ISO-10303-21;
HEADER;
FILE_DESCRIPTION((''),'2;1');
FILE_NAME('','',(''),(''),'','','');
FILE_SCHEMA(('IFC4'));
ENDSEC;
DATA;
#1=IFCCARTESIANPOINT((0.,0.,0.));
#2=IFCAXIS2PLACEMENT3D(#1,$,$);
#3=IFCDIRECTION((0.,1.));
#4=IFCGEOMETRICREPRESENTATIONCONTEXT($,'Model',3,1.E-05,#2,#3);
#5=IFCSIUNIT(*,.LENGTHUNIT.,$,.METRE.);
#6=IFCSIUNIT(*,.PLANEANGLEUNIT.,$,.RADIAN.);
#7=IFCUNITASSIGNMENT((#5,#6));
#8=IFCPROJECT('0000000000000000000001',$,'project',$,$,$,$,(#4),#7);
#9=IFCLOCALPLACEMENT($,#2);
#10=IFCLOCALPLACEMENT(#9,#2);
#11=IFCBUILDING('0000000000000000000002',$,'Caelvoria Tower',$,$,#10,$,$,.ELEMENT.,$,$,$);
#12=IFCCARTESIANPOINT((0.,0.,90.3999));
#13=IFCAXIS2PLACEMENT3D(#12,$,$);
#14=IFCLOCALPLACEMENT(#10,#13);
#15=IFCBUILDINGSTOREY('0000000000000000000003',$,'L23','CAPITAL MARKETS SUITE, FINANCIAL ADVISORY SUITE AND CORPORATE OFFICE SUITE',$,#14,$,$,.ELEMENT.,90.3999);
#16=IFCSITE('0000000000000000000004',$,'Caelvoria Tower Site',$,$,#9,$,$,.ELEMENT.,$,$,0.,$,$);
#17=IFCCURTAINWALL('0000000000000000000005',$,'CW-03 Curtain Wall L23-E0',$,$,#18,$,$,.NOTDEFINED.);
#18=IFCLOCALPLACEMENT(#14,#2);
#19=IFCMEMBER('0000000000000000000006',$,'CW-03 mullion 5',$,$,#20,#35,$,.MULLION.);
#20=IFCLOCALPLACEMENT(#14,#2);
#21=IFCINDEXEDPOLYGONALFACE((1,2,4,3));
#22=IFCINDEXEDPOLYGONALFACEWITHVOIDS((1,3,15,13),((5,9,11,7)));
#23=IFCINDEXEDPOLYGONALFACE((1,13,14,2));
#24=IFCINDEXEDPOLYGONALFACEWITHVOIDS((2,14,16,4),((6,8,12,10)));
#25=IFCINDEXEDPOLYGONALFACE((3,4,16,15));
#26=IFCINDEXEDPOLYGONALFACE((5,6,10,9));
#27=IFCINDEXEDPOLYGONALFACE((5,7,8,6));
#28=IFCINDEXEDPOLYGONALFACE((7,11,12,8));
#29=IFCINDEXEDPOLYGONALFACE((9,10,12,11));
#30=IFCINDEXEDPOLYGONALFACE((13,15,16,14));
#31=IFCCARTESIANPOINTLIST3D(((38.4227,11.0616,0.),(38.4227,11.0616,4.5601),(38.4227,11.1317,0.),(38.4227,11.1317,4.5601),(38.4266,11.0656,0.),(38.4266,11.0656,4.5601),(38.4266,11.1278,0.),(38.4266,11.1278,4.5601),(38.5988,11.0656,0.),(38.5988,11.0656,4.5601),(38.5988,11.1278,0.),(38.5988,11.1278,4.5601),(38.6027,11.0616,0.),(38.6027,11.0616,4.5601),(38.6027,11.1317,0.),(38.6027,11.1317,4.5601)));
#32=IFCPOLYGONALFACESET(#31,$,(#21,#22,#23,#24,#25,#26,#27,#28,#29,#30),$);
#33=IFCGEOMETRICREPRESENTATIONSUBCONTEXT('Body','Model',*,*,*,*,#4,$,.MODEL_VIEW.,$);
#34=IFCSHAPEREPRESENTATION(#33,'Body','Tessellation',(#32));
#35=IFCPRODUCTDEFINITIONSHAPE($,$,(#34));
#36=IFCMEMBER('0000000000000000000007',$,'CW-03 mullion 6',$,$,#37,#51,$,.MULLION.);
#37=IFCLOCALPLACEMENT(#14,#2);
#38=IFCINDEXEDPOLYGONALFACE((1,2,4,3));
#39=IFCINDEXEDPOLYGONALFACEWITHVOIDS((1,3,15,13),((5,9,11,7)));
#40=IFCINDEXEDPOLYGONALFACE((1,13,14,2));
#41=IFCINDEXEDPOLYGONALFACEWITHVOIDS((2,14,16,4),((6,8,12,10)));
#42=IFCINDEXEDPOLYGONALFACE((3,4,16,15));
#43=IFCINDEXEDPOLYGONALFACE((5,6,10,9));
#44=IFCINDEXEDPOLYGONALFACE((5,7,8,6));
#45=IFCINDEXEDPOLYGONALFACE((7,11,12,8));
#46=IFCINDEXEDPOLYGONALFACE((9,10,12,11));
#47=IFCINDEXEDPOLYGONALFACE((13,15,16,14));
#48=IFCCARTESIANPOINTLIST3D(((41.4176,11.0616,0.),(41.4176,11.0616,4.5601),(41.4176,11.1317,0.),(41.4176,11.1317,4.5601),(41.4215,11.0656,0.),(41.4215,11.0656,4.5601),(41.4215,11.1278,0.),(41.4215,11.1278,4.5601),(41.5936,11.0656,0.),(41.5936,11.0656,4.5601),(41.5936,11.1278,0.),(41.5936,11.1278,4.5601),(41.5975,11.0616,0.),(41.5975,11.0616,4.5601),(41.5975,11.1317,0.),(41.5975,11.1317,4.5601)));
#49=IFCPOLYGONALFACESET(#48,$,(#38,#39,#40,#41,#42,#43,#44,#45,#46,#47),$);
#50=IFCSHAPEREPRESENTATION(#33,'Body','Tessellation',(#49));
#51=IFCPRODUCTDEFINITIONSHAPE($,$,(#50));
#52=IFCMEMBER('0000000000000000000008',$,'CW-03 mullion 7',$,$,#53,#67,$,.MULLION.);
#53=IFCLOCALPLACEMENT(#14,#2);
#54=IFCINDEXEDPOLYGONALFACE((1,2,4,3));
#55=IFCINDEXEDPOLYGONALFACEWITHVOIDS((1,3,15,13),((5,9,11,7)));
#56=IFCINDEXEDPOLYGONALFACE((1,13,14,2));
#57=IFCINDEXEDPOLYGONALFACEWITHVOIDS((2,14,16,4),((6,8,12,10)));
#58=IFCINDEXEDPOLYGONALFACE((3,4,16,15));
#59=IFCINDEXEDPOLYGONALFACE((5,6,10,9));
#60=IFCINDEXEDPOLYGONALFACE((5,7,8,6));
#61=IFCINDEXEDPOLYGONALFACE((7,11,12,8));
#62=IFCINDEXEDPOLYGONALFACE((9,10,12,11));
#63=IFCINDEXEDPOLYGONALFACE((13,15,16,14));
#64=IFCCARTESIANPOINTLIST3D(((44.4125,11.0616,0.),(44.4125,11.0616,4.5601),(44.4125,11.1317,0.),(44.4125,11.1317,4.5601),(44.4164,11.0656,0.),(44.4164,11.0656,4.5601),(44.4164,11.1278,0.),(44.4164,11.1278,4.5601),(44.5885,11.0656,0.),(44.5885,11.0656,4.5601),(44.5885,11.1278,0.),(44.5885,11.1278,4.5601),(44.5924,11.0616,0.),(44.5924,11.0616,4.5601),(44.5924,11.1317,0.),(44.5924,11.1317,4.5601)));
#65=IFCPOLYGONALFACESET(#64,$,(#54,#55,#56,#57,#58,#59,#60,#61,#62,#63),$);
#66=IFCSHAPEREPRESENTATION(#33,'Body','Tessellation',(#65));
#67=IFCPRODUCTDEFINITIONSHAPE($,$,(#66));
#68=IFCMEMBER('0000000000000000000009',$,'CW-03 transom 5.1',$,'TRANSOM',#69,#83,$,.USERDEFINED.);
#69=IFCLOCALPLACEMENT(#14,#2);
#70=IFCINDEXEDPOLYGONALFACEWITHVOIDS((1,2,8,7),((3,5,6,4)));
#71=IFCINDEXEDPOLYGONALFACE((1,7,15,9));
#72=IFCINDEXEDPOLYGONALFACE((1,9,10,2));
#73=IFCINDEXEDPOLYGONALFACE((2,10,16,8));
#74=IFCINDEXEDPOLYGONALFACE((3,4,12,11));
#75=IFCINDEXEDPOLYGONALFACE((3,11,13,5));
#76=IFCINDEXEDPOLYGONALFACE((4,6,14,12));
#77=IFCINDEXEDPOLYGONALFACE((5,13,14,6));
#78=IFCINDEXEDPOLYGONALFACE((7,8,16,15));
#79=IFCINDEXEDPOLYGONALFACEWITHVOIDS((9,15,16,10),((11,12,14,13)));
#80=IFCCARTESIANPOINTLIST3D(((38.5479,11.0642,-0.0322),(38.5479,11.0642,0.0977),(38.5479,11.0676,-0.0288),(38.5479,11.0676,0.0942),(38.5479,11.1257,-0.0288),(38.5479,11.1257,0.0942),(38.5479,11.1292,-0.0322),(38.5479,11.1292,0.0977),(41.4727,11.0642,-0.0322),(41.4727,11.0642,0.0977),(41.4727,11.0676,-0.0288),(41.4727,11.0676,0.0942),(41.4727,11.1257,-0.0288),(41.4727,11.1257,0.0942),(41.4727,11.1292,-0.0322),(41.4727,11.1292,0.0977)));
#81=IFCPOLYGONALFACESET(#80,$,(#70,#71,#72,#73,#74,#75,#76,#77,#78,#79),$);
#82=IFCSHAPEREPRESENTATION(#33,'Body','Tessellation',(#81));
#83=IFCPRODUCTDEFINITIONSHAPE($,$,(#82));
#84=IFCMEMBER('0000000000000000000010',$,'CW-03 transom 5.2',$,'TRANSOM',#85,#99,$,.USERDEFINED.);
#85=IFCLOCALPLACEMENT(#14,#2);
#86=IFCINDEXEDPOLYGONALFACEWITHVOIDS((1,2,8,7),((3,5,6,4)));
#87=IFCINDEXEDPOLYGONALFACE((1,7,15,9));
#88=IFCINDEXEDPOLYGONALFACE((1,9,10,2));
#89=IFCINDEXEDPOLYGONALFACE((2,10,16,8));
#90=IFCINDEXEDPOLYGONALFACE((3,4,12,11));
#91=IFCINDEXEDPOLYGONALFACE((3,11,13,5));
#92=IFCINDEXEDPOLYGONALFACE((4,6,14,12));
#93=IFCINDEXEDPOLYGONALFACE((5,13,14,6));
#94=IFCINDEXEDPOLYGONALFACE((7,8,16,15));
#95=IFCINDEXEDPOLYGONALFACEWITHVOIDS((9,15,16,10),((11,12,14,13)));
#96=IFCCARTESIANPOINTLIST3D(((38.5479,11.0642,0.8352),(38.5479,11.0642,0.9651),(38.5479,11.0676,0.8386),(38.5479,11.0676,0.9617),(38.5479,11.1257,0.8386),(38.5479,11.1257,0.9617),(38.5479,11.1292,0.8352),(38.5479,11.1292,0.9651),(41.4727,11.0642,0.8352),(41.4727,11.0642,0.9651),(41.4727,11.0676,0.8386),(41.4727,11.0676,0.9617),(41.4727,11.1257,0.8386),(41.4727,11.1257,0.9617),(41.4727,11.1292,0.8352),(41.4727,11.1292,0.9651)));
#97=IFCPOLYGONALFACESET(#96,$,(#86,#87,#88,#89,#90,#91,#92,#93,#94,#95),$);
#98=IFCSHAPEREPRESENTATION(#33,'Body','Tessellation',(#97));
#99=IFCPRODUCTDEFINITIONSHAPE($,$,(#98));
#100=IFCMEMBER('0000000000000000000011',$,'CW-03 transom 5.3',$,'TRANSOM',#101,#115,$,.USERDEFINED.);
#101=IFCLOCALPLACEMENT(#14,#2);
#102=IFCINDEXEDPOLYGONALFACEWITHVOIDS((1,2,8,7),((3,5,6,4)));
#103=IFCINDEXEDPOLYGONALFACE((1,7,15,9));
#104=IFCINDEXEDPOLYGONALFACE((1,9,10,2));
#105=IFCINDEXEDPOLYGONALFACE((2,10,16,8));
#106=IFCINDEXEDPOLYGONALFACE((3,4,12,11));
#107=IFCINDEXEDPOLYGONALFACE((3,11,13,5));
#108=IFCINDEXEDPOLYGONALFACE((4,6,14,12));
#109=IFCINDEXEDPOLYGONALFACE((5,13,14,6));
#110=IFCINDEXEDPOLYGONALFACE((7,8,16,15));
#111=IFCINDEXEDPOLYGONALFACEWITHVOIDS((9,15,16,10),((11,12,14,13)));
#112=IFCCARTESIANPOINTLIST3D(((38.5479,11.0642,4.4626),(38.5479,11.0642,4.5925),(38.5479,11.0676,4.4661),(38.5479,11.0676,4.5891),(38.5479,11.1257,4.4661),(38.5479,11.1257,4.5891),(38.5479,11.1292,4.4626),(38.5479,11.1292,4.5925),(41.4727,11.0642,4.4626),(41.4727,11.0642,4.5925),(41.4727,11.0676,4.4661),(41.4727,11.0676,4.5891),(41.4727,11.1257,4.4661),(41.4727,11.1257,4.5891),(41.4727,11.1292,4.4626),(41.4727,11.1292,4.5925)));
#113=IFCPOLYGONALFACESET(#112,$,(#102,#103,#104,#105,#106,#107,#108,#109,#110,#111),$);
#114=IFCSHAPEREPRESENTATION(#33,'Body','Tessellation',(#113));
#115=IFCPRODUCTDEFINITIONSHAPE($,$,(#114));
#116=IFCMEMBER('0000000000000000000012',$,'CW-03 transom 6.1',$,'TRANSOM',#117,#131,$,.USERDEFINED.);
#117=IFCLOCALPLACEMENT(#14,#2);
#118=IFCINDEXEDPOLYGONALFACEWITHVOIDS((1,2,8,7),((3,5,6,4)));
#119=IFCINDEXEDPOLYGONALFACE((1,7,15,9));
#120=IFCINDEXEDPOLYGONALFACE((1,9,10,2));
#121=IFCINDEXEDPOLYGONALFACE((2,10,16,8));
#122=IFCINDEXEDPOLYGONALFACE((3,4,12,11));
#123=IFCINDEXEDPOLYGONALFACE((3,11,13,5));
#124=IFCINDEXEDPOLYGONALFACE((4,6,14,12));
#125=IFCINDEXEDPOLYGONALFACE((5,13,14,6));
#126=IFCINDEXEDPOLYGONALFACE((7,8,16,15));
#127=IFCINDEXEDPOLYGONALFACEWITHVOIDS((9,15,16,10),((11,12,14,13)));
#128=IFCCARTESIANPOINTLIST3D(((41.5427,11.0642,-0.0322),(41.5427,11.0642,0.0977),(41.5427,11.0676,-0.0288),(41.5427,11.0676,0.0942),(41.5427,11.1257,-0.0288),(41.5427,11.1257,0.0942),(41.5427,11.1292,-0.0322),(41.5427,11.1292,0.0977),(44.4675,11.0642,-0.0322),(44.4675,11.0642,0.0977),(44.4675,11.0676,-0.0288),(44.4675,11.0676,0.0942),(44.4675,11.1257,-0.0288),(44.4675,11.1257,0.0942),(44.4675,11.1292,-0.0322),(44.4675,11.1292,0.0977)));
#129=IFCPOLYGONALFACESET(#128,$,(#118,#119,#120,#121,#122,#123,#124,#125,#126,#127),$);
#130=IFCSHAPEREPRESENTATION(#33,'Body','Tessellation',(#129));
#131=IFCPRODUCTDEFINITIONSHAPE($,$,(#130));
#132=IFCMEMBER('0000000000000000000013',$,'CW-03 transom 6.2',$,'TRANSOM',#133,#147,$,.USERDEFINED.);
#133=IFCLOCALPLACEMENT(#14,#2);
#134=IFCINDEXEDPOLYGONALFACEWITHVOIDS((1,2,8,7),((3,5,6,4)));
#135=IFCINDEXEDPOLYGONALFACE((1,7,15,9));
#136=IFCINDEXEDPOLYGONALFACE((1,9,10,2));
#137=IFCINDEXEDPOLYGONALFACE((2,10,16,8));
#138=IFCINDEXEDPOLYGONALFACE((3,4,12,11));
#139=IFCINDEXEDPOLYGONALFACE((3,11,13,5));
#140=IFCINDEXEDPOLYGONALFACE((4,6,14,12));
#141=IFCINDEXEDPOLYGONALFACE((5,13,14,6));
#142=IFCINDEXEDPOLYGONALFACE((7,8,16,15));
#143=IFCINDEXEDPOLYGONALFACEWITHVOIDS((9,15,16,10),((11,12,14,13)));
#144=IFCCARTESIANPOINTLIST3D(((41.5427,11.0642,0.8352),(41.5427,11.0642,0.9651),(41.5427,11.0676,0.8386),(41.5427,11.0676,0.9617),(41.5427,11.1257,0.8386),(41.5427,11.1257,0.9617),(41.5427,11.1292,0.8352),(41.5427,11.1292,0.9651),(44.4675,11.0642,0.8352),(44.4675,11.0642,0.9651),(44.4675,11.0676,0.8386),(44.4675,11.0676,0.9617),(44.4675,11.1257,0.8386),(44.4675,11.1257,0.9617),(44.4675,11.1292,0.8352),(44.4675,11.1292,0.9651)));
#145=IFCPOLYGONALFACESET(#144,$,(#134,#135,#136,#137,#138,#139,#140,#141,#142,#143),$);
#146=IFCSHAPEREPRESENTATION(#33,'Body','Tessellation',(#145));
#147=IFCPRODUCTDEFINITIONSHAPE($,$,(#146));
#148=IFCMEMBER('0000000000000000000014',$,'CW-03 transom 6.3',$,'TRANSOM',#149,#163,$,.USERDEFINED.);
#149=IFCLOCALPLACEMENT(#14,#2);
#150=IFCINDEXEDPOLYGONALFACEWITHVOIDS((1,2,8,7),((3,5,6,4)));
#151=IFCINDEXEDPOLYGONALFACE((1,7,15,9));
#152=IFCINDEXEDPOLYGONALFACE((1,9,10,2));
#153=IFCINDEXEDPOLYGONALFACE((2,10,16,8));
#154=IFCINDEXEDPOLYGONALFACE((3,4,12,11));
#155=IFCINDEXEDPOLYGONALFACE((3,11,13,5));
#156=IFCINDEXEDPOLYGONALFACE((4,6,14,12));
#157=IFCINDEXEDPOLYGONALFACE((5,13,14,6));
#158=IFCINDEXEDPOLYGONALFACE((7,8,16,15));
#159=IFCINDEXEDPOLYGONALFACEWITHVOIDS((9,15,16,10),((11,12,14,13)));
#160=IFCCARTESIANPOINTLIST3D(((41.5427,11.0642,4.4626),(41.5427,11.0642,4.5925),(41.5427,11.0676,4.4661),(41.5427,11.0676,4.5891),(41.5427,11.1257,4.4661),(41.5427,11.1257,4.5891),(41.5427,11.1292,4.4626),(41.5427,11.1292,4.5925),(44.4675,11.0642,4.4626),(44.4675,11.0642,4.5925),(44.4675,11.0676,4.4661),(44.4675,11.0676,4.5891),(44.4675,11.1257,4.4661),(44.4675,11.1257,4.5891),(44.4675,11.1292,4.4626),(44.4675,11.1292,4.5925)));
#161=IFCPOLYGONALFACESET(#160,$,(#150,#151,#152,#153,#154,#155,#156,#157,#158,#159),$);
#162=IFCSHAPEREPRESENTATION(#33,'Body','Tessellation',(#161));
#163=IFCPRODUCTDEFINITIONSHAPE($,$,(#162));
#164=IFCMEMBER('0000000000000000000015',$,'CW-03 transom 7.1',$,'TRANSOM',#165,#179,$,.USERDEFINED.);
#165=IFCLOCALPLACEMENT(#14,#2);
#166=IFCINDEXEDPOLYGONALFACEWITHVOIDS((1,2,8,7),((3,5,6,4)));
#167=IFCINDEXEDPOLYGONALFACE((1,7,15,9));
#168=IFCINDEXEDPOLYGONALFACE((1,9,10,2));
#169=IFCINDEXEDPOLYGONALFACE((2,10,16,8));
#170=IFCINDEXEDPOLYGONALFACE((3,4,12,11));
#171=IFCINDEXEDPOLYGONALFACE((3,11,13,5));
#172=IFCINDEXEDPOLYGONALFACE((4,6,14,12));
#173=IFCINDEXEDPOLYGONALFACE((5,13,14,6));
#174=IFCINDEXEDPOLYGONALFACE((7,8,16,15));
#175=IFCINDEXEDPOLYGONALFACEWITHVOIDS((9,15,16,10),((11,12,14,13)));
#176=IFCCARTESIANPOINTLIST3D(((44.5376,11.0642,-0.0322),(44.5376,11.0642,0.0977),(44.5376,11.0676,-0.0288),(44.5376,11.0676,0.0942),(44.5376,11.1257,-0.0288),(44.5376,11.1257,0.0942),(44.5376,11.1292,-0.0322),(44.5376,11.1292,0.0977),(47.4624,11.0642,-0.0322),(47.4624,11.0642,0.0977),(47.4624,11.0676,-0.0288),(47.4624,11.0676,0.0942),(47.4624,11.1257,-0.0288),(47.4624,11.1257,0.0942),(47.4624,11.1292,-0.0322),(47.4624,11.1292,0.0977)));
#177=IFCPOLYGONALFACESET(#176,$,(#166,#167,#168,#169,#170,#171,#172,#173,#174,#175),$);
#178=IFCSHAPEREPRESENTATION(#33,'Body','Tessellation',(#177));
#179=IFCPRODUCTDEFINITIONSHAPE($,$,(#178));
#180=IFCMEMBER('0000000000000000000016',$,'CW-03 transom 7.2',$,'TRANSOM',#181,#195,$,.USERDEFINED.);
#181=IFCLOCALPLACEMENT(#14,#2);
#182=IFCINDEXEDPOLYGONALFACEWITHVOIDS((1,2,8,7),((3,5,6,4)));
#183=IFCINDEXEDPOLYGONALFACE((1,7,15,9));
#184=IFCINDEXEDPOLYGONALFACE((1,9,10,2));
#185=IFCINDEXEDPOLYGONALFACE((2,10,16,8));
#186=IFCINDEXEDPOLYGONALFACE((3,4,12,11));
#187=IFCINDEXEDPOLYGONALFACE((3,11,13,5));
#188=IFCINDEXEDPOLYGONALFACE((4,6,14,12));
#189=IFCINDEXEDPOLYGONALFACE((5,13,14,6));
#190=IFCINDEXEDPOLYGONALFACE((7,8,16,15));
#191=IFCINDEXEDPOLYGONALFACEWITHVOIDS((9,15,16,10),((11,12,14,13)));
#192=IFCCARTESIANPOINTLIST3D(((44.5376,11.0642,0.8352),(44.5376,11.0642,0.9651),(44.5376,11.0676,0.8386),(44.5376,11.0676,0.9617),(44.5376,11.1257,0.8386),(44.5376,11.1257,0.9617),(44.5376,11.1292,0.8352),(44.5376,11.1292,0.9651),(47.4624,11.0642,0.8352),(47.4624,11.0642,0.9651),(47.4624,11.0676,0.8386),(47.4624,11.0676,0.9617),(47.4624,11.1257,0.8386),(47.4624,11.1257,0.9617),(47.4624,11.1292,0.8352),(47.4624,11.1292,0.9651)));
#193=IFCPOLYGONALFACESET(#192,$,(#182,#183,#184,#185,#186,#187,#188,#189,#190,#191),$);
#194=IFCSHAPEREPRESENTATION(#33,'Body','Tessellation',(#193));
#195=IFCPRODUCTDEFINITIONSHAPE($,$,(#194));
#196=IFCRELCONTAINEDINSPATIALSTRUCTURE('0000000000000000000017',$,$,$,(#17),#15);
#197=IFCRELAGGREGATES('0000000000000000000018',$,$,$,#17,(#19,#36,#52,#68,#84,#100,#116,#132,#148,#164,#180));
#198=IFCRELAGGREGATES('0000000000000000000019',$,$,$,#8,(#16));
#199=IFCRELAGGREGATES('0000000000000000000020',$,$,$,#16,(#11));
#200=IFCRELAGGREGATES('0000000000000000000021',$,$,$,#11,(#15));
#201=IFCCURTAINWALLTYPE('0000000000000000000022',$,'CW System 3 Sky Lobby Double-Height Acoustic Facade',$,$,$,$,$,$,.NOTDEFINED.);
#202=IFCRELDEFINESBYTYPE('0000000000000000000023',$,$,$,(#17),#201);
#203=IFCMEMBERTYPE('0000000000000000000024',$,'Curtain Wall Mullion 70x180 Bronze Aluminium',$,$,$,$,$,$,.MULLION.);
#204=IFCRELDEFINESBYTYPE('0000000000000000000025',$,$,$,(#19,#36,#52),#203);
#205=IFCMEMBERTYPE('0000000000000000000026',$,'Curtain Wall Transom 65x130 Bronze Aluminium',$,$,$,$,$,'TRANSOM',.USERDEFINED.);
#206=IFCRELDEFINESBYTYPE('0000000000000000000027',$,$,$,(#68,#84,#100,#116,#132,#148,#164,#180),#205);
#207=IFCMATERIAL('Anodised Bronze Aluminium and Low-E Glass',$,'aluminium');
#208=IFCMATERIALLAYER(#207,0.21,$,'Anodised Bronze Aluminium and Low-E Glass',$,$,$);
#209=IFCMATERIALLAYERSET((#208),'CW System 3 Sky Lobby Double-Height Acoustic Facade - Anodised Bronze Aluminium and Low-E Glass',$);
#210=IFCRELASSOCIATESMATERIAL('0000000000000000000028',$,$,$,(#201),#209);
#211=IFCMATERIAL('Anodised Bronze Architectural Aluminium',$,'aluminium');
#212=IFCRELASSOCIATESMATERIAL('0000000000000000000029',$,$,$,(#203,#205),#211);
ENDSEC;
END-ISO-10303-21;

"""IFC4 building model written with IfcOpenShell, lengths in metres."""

from ifc_helpers import new_model, si_unit, direction, frame, origin, origin_2d, place, context, subcontext, project, spatial, hollow_rectangle, extrude, material, layer, layer_set, material_profile, profile_set, type_object, element, aggregate, save


model = new_model("IFC4")

# Units and contexts
model_context = context("Model", 3, precision=1e-05, world=origin(), true_north=direction((0.0, 1.0)))
body_context = subcontext(model_context, "Body", "Model", "MODEL_VIEW")
ifc_project = project(units=[si_unit("LENGTHUNIT", "METRE"), si_unit("PLANEANGLEUNIT", "RADIAN")], contexts=[model_context])

# Site, building, storey
site_placement = place(None, origin())
site = spatial("IfcSite", under=ifc_project, at=site_placement, Name="Caelvoria Tower Site", CompositionType="ELEMENT", RefElevation=0.0)
building_placement = place(site_placement, origin())
building = spatial("IfcBuilding", under=site, at=building_placement, Name="Caelvoria Tower", CompositionType="ELEMENT")
storey_placement = place(building_placement, frame((0.0, 0.0, 90.3999)))
storey = spatial("IfcBuildingStorey", under=building, at=storey_placement, Name="L23", Description="CAPITAL MARKETS SUITE, FINANCIAL ADVISORY SUITE AND CORPORATE OFFICE SUITE", CompositionType="ELEMENT", Elevation=90.3999)

# Curtain wall, members
ifc_material_1 = material(Name="Anodised Bronze Aluminium and Low-E Glass", Category="aluminium")
ifc_layer_1 = layer(ifc_material_1, 0.21, Name="Anodised Bronze Aluminium and Low-E Glass")
ifc_layer_set_1 = layer_set([ifc_layer_1], Name="CW System 3 Sky Lobby Double-Height Acoustic Facade - Anodised Bronze Aluminium and Low-E Glass")
curtain_wall_type = type_object("IfcCurtainWallType", Name="CW System 3 Sky Lobby Double-Height Acoustic Facade", PredefinedType="NOTDEFINED", material=ifc_layer_set_1)
curtain_wall_placement = place(storey_placement, origin())
curtain_wall = element("IfcCurtainWall", 1, at=curtain_wall_placement, inside=storey, type_object=curtain_wall_type, Name="CW-03 Curtain Wall L23-E0", PredefinedType="NOTDEFINED")
ifc_material_2 = material(Name="Anodised Bronze Architectural Aluminium", Category="aluminium")
ifc_material_profile_1 = material_profile(ifc_material_2, hollow_rectangle(XDim=0.0701, YDim=0.1799, WallThickness=0.0039, at=origin_2d()), Name="Anodised Bronze Architectural Aluminium")
ifc_profile_set_1 = profile_set([ifc_material_profile_1], Name="CW_MULL_70X180 - Anodised Bronze Architectural Aluminium")
member_type_1 = type_object("IfcMemberType", Name="Curtain Wall Mullion 70x180 Bronze Aluminium", PredefinedType="MULLION", material=ifc_profile_set_1)
member_1_placement = place(storey_placement, frame((38.5127, 11.0967, 0.0), z_axis=(0.0, 0.0, 1.0), x_axis=(0.0, 1.0, 0.0)))
member_1 = element("IfcMember", 2, at=member_1_placement, type_object=member_type_1, Name="CW-03 mullion 5", PredefinedType="MULLION", context=body_context, shape_type="SweptSolid", body=[
    extrude(hollow_rectangle(XDim=0.0701, YDim=0.1799, WallThickness=0.0039, at=origin_2d()), origin(), (0.0, 0.0, 1.0), 4.5601),
])
member_2_placement = place(storey_placement, frame((41.5076, 11.0967, 0.0), z_axis=(0.0, 0.0, 1.0), x_axis=(0.0, 1.0, 0.0)))
member_2 = element("IfcMember", 3, at=member_2_placement, type_object=member_type_1, Name="CW-03 mullion 6", PredefinedType="MULLION", context=body_context, shape_type="SweptSolid", body=[
    extrude(hollow_rectangle(XDim=0.0701, YDim=0.1799, WallThickness=0.0039, at=origin_2d()), origin(), (0.0, 0.0, 1.0), 4.5601),
])
member_3_placement = place(storey_placement, frame((44.5024, 11.0967, 0.0), z_axis=(0.0, 0.0, 1.0), x_axis=(0.0, 1.0, 0.0)))
member_3 = element("IfcMember", 4, at=member_3_placement, type_object=member_type_1, Name="CW-03 mullion 7", PredefinedType="MULLION", context=body_context, shape_type="SweptSolid", body=[
    extrude(hollow_rectangle(XDim=0.0701, YDim=0.1799, WallThickness=0.0039, at=origin_2d()), origin(), (0.0, 0.0, 1.0), 4.5601),
])
ifc_material_profile_2 = material_profile(ifc_material_2, hollow_rectangle(XDim=0.0649, YDim=0.1299, WallThickness=0.0034, at=origin_2d()), Name="Anodised Bronze Architectural Aluminium")
ifc_profile_set_2 = profile_set([ifc_material_profile_2], Name="CW_TRAN_65X130 - Anodised Bronze Architectural Aluminium")
member_type_2 = type_object("IfcMemberType", Name="Curtain Wall Transom 65x130 Bronze Aluminium", ElementType="TRANSOM", PredefinedType="USERDEFINED", material=ifc_profile_set_2)
member_4_placement = place(storey_placement, frame((38.5479, 11.0967, 0.0327), z_axis=(1.0, 0.0, 0.0), x_axis=(0.0, 1.0, 0.0)))
member_4 = element("IfcMember", 5, at=member_4_placement, type_object=member_type_2, Name="CW-03 transom 5.1", ObjectType="TRANSOM", PredefinedType="USERDEFINED", context=body_context, shape_type="SweptSolid", body=[
    extrude(hollow_rectangle(XDim=0.0649, YDim=0.1299, WallThickness=0.0034, at=origin_2d()), origin(), (0.0, 0.0, 1.0), 2.9248),
])
member_5_placement = place(storey_placement, frame((38.5479, 11.0967, 0.9001), z_axis=(1.0, 0.0, 0.0), x_axis=(0.0, 1.0, 0.0)))
member_5 = element("IfcMember", 6, at=member_5_placement, type_object=member_type_2, Name="CW-03 transom 5.2", ObjectType="TRANSOM", PredefinedType="USERDEFINED", context=body_context, shape_type="SweptSolid", body=[
    extrude(hollow_rectangle(XDim=0.0649, YDim=0.1299, WallThickness=0.0034, at=origin_2d()), origin(), (0.0, 0.0, 1.0), 2.9248),
])
member_6_placement = place(storey_placement, frame((38.5479, 11.0967, 4.5276), z_axis=(1.0, 0.0, 0.0), x_axis=(0.0, 1.0, 0.0)))
member_6 = element("IfcMember", 7, at=member_6_placement, type_object=member_type_2, Name="CW-03 transom 5.3", ObjectType="TRANSOM", PredefinedType="USERDEFINED", context=body_context, shape_type="SweptSolid", body=[
    extrude(hollow_rectangle(XDim=0.0649, YDim=0.1299, WallThickness=0.0034, at=origin_2d()), origin(), (0.0, 0.0, 1.0), 2.9248),
])
member_7_placement = place(storey_placement, frame((41.5427, 11.0967, 0.0327), z_axis=(1.0, 0.0, 0.0), x_axis=(0.0, 1.0, 0.0)))
member_7 = element("IfcMember", 8, at=member_7_placement, type_object=member_type_2, Name="CW-03 transom 6.1", ObjectType="TRANSOM", PredefinedType="USERDEFINED", context=body_context, shape_type="SweptSolid", body=[
    extrude(hollow_rectangle(XDim=0.0649, YDim=0.1299, WallThickness=0.0034, at=origin_2d()), origin(), (0.0, 0.0, 1.0), 2.9248),
])
member_8_placement = place(storey_placement, frame((41.5427, 11.0967, 0.9001), z_axis=(1.0, 0.0, 0.0), x_axis=(0.0, 1.0, 0.0)))
member_8 = element("IfcMember", 9, at=member_8_placement, type_object=member_type_2, Name="CW-03 transom 6.2", ObjectType="TRANSOM", PredefinedType="USERDEFINED", context=body_context, shape_type="SweptSolid", body=[
    extrude(hollow_rectangle(XDim=0.0649, YDim=0.1299, WallThickness=0.0034, at=origin_2d()), origin(), (0.0, 0.0, 1.0), 2.9248),
])
member_9_placement = place(storey_placement, frame((41.5427, 11.0967, 4.5276), z_axis=(1.0, 0.0, 0.0), x_axis=(0.0, 1.0, 0.0)))
member_9 = element("IfcMember", 10, at=member_9_placement, type_object=member_type_2, Name="CW-03 transom 6.3", ObjectType="TRANSOM", PredefinedType="USERDEFINED", context=body_context, shape_type="SweptSolid", body=[
    extrude(hollow_rectangle(XDim=0.0649, YDim=0.1299, WallThickness=0.0034, at=origin_2d()), origin(), (0.0, 0.0, 1.0), 2.9248),
])
member_10_placement = place(storey_placement, frame((44.5376, 11.0967, 0.0327), z_axis=(1.0, 0.0, 0.0), x_axis=(0.0, 1.0, 0.0)))
member_10 = element("IfcMember", 11, at=member_10_placement, type_object=member_type_2, Name="CW-03 transom 7.1", ObjectType="TRANSOM", PredefinedType="USERDEFINED", context=body_context, shape_type="SweptSolid", body=[
    extrude(hollow_rectangle(XDim=0.0649, YDim=0.1299, WallThickness=0.0034, at=origin_2d()), origin(), (0.0, 0.0, 1.0), 2.9248),
])
member_11_placement = place(storey_placement, frame((44.5376, 11.0967, 0.9001), z_axis=(1.0, 0.0, 0.0), x_axis=(0.0, 1.0, 0.0)))
member_11 = element("IfcMember", 12, at=member_11_placement, type_object=member_type_2, Name="CW-03 transom 7.2", ObjectType="TRANSOM", PredefinedType="USERDEFINED", context=body_context, shape_type="SweptSolid", body=[
    extrude(hollow_rectangle(XDim=0.0649, YDim=0.1299, WallThickness=0.0034, at=origin_2d()), origin(), (0.0, 0.0, 1.0), 2.9248),
])

aggregate(curtain_wall, [member_1, member_2, member_3, member_4, member_5, member_6, member_7, member_8, member_9, member_10, member_11])

save(model, "model.ifc")
